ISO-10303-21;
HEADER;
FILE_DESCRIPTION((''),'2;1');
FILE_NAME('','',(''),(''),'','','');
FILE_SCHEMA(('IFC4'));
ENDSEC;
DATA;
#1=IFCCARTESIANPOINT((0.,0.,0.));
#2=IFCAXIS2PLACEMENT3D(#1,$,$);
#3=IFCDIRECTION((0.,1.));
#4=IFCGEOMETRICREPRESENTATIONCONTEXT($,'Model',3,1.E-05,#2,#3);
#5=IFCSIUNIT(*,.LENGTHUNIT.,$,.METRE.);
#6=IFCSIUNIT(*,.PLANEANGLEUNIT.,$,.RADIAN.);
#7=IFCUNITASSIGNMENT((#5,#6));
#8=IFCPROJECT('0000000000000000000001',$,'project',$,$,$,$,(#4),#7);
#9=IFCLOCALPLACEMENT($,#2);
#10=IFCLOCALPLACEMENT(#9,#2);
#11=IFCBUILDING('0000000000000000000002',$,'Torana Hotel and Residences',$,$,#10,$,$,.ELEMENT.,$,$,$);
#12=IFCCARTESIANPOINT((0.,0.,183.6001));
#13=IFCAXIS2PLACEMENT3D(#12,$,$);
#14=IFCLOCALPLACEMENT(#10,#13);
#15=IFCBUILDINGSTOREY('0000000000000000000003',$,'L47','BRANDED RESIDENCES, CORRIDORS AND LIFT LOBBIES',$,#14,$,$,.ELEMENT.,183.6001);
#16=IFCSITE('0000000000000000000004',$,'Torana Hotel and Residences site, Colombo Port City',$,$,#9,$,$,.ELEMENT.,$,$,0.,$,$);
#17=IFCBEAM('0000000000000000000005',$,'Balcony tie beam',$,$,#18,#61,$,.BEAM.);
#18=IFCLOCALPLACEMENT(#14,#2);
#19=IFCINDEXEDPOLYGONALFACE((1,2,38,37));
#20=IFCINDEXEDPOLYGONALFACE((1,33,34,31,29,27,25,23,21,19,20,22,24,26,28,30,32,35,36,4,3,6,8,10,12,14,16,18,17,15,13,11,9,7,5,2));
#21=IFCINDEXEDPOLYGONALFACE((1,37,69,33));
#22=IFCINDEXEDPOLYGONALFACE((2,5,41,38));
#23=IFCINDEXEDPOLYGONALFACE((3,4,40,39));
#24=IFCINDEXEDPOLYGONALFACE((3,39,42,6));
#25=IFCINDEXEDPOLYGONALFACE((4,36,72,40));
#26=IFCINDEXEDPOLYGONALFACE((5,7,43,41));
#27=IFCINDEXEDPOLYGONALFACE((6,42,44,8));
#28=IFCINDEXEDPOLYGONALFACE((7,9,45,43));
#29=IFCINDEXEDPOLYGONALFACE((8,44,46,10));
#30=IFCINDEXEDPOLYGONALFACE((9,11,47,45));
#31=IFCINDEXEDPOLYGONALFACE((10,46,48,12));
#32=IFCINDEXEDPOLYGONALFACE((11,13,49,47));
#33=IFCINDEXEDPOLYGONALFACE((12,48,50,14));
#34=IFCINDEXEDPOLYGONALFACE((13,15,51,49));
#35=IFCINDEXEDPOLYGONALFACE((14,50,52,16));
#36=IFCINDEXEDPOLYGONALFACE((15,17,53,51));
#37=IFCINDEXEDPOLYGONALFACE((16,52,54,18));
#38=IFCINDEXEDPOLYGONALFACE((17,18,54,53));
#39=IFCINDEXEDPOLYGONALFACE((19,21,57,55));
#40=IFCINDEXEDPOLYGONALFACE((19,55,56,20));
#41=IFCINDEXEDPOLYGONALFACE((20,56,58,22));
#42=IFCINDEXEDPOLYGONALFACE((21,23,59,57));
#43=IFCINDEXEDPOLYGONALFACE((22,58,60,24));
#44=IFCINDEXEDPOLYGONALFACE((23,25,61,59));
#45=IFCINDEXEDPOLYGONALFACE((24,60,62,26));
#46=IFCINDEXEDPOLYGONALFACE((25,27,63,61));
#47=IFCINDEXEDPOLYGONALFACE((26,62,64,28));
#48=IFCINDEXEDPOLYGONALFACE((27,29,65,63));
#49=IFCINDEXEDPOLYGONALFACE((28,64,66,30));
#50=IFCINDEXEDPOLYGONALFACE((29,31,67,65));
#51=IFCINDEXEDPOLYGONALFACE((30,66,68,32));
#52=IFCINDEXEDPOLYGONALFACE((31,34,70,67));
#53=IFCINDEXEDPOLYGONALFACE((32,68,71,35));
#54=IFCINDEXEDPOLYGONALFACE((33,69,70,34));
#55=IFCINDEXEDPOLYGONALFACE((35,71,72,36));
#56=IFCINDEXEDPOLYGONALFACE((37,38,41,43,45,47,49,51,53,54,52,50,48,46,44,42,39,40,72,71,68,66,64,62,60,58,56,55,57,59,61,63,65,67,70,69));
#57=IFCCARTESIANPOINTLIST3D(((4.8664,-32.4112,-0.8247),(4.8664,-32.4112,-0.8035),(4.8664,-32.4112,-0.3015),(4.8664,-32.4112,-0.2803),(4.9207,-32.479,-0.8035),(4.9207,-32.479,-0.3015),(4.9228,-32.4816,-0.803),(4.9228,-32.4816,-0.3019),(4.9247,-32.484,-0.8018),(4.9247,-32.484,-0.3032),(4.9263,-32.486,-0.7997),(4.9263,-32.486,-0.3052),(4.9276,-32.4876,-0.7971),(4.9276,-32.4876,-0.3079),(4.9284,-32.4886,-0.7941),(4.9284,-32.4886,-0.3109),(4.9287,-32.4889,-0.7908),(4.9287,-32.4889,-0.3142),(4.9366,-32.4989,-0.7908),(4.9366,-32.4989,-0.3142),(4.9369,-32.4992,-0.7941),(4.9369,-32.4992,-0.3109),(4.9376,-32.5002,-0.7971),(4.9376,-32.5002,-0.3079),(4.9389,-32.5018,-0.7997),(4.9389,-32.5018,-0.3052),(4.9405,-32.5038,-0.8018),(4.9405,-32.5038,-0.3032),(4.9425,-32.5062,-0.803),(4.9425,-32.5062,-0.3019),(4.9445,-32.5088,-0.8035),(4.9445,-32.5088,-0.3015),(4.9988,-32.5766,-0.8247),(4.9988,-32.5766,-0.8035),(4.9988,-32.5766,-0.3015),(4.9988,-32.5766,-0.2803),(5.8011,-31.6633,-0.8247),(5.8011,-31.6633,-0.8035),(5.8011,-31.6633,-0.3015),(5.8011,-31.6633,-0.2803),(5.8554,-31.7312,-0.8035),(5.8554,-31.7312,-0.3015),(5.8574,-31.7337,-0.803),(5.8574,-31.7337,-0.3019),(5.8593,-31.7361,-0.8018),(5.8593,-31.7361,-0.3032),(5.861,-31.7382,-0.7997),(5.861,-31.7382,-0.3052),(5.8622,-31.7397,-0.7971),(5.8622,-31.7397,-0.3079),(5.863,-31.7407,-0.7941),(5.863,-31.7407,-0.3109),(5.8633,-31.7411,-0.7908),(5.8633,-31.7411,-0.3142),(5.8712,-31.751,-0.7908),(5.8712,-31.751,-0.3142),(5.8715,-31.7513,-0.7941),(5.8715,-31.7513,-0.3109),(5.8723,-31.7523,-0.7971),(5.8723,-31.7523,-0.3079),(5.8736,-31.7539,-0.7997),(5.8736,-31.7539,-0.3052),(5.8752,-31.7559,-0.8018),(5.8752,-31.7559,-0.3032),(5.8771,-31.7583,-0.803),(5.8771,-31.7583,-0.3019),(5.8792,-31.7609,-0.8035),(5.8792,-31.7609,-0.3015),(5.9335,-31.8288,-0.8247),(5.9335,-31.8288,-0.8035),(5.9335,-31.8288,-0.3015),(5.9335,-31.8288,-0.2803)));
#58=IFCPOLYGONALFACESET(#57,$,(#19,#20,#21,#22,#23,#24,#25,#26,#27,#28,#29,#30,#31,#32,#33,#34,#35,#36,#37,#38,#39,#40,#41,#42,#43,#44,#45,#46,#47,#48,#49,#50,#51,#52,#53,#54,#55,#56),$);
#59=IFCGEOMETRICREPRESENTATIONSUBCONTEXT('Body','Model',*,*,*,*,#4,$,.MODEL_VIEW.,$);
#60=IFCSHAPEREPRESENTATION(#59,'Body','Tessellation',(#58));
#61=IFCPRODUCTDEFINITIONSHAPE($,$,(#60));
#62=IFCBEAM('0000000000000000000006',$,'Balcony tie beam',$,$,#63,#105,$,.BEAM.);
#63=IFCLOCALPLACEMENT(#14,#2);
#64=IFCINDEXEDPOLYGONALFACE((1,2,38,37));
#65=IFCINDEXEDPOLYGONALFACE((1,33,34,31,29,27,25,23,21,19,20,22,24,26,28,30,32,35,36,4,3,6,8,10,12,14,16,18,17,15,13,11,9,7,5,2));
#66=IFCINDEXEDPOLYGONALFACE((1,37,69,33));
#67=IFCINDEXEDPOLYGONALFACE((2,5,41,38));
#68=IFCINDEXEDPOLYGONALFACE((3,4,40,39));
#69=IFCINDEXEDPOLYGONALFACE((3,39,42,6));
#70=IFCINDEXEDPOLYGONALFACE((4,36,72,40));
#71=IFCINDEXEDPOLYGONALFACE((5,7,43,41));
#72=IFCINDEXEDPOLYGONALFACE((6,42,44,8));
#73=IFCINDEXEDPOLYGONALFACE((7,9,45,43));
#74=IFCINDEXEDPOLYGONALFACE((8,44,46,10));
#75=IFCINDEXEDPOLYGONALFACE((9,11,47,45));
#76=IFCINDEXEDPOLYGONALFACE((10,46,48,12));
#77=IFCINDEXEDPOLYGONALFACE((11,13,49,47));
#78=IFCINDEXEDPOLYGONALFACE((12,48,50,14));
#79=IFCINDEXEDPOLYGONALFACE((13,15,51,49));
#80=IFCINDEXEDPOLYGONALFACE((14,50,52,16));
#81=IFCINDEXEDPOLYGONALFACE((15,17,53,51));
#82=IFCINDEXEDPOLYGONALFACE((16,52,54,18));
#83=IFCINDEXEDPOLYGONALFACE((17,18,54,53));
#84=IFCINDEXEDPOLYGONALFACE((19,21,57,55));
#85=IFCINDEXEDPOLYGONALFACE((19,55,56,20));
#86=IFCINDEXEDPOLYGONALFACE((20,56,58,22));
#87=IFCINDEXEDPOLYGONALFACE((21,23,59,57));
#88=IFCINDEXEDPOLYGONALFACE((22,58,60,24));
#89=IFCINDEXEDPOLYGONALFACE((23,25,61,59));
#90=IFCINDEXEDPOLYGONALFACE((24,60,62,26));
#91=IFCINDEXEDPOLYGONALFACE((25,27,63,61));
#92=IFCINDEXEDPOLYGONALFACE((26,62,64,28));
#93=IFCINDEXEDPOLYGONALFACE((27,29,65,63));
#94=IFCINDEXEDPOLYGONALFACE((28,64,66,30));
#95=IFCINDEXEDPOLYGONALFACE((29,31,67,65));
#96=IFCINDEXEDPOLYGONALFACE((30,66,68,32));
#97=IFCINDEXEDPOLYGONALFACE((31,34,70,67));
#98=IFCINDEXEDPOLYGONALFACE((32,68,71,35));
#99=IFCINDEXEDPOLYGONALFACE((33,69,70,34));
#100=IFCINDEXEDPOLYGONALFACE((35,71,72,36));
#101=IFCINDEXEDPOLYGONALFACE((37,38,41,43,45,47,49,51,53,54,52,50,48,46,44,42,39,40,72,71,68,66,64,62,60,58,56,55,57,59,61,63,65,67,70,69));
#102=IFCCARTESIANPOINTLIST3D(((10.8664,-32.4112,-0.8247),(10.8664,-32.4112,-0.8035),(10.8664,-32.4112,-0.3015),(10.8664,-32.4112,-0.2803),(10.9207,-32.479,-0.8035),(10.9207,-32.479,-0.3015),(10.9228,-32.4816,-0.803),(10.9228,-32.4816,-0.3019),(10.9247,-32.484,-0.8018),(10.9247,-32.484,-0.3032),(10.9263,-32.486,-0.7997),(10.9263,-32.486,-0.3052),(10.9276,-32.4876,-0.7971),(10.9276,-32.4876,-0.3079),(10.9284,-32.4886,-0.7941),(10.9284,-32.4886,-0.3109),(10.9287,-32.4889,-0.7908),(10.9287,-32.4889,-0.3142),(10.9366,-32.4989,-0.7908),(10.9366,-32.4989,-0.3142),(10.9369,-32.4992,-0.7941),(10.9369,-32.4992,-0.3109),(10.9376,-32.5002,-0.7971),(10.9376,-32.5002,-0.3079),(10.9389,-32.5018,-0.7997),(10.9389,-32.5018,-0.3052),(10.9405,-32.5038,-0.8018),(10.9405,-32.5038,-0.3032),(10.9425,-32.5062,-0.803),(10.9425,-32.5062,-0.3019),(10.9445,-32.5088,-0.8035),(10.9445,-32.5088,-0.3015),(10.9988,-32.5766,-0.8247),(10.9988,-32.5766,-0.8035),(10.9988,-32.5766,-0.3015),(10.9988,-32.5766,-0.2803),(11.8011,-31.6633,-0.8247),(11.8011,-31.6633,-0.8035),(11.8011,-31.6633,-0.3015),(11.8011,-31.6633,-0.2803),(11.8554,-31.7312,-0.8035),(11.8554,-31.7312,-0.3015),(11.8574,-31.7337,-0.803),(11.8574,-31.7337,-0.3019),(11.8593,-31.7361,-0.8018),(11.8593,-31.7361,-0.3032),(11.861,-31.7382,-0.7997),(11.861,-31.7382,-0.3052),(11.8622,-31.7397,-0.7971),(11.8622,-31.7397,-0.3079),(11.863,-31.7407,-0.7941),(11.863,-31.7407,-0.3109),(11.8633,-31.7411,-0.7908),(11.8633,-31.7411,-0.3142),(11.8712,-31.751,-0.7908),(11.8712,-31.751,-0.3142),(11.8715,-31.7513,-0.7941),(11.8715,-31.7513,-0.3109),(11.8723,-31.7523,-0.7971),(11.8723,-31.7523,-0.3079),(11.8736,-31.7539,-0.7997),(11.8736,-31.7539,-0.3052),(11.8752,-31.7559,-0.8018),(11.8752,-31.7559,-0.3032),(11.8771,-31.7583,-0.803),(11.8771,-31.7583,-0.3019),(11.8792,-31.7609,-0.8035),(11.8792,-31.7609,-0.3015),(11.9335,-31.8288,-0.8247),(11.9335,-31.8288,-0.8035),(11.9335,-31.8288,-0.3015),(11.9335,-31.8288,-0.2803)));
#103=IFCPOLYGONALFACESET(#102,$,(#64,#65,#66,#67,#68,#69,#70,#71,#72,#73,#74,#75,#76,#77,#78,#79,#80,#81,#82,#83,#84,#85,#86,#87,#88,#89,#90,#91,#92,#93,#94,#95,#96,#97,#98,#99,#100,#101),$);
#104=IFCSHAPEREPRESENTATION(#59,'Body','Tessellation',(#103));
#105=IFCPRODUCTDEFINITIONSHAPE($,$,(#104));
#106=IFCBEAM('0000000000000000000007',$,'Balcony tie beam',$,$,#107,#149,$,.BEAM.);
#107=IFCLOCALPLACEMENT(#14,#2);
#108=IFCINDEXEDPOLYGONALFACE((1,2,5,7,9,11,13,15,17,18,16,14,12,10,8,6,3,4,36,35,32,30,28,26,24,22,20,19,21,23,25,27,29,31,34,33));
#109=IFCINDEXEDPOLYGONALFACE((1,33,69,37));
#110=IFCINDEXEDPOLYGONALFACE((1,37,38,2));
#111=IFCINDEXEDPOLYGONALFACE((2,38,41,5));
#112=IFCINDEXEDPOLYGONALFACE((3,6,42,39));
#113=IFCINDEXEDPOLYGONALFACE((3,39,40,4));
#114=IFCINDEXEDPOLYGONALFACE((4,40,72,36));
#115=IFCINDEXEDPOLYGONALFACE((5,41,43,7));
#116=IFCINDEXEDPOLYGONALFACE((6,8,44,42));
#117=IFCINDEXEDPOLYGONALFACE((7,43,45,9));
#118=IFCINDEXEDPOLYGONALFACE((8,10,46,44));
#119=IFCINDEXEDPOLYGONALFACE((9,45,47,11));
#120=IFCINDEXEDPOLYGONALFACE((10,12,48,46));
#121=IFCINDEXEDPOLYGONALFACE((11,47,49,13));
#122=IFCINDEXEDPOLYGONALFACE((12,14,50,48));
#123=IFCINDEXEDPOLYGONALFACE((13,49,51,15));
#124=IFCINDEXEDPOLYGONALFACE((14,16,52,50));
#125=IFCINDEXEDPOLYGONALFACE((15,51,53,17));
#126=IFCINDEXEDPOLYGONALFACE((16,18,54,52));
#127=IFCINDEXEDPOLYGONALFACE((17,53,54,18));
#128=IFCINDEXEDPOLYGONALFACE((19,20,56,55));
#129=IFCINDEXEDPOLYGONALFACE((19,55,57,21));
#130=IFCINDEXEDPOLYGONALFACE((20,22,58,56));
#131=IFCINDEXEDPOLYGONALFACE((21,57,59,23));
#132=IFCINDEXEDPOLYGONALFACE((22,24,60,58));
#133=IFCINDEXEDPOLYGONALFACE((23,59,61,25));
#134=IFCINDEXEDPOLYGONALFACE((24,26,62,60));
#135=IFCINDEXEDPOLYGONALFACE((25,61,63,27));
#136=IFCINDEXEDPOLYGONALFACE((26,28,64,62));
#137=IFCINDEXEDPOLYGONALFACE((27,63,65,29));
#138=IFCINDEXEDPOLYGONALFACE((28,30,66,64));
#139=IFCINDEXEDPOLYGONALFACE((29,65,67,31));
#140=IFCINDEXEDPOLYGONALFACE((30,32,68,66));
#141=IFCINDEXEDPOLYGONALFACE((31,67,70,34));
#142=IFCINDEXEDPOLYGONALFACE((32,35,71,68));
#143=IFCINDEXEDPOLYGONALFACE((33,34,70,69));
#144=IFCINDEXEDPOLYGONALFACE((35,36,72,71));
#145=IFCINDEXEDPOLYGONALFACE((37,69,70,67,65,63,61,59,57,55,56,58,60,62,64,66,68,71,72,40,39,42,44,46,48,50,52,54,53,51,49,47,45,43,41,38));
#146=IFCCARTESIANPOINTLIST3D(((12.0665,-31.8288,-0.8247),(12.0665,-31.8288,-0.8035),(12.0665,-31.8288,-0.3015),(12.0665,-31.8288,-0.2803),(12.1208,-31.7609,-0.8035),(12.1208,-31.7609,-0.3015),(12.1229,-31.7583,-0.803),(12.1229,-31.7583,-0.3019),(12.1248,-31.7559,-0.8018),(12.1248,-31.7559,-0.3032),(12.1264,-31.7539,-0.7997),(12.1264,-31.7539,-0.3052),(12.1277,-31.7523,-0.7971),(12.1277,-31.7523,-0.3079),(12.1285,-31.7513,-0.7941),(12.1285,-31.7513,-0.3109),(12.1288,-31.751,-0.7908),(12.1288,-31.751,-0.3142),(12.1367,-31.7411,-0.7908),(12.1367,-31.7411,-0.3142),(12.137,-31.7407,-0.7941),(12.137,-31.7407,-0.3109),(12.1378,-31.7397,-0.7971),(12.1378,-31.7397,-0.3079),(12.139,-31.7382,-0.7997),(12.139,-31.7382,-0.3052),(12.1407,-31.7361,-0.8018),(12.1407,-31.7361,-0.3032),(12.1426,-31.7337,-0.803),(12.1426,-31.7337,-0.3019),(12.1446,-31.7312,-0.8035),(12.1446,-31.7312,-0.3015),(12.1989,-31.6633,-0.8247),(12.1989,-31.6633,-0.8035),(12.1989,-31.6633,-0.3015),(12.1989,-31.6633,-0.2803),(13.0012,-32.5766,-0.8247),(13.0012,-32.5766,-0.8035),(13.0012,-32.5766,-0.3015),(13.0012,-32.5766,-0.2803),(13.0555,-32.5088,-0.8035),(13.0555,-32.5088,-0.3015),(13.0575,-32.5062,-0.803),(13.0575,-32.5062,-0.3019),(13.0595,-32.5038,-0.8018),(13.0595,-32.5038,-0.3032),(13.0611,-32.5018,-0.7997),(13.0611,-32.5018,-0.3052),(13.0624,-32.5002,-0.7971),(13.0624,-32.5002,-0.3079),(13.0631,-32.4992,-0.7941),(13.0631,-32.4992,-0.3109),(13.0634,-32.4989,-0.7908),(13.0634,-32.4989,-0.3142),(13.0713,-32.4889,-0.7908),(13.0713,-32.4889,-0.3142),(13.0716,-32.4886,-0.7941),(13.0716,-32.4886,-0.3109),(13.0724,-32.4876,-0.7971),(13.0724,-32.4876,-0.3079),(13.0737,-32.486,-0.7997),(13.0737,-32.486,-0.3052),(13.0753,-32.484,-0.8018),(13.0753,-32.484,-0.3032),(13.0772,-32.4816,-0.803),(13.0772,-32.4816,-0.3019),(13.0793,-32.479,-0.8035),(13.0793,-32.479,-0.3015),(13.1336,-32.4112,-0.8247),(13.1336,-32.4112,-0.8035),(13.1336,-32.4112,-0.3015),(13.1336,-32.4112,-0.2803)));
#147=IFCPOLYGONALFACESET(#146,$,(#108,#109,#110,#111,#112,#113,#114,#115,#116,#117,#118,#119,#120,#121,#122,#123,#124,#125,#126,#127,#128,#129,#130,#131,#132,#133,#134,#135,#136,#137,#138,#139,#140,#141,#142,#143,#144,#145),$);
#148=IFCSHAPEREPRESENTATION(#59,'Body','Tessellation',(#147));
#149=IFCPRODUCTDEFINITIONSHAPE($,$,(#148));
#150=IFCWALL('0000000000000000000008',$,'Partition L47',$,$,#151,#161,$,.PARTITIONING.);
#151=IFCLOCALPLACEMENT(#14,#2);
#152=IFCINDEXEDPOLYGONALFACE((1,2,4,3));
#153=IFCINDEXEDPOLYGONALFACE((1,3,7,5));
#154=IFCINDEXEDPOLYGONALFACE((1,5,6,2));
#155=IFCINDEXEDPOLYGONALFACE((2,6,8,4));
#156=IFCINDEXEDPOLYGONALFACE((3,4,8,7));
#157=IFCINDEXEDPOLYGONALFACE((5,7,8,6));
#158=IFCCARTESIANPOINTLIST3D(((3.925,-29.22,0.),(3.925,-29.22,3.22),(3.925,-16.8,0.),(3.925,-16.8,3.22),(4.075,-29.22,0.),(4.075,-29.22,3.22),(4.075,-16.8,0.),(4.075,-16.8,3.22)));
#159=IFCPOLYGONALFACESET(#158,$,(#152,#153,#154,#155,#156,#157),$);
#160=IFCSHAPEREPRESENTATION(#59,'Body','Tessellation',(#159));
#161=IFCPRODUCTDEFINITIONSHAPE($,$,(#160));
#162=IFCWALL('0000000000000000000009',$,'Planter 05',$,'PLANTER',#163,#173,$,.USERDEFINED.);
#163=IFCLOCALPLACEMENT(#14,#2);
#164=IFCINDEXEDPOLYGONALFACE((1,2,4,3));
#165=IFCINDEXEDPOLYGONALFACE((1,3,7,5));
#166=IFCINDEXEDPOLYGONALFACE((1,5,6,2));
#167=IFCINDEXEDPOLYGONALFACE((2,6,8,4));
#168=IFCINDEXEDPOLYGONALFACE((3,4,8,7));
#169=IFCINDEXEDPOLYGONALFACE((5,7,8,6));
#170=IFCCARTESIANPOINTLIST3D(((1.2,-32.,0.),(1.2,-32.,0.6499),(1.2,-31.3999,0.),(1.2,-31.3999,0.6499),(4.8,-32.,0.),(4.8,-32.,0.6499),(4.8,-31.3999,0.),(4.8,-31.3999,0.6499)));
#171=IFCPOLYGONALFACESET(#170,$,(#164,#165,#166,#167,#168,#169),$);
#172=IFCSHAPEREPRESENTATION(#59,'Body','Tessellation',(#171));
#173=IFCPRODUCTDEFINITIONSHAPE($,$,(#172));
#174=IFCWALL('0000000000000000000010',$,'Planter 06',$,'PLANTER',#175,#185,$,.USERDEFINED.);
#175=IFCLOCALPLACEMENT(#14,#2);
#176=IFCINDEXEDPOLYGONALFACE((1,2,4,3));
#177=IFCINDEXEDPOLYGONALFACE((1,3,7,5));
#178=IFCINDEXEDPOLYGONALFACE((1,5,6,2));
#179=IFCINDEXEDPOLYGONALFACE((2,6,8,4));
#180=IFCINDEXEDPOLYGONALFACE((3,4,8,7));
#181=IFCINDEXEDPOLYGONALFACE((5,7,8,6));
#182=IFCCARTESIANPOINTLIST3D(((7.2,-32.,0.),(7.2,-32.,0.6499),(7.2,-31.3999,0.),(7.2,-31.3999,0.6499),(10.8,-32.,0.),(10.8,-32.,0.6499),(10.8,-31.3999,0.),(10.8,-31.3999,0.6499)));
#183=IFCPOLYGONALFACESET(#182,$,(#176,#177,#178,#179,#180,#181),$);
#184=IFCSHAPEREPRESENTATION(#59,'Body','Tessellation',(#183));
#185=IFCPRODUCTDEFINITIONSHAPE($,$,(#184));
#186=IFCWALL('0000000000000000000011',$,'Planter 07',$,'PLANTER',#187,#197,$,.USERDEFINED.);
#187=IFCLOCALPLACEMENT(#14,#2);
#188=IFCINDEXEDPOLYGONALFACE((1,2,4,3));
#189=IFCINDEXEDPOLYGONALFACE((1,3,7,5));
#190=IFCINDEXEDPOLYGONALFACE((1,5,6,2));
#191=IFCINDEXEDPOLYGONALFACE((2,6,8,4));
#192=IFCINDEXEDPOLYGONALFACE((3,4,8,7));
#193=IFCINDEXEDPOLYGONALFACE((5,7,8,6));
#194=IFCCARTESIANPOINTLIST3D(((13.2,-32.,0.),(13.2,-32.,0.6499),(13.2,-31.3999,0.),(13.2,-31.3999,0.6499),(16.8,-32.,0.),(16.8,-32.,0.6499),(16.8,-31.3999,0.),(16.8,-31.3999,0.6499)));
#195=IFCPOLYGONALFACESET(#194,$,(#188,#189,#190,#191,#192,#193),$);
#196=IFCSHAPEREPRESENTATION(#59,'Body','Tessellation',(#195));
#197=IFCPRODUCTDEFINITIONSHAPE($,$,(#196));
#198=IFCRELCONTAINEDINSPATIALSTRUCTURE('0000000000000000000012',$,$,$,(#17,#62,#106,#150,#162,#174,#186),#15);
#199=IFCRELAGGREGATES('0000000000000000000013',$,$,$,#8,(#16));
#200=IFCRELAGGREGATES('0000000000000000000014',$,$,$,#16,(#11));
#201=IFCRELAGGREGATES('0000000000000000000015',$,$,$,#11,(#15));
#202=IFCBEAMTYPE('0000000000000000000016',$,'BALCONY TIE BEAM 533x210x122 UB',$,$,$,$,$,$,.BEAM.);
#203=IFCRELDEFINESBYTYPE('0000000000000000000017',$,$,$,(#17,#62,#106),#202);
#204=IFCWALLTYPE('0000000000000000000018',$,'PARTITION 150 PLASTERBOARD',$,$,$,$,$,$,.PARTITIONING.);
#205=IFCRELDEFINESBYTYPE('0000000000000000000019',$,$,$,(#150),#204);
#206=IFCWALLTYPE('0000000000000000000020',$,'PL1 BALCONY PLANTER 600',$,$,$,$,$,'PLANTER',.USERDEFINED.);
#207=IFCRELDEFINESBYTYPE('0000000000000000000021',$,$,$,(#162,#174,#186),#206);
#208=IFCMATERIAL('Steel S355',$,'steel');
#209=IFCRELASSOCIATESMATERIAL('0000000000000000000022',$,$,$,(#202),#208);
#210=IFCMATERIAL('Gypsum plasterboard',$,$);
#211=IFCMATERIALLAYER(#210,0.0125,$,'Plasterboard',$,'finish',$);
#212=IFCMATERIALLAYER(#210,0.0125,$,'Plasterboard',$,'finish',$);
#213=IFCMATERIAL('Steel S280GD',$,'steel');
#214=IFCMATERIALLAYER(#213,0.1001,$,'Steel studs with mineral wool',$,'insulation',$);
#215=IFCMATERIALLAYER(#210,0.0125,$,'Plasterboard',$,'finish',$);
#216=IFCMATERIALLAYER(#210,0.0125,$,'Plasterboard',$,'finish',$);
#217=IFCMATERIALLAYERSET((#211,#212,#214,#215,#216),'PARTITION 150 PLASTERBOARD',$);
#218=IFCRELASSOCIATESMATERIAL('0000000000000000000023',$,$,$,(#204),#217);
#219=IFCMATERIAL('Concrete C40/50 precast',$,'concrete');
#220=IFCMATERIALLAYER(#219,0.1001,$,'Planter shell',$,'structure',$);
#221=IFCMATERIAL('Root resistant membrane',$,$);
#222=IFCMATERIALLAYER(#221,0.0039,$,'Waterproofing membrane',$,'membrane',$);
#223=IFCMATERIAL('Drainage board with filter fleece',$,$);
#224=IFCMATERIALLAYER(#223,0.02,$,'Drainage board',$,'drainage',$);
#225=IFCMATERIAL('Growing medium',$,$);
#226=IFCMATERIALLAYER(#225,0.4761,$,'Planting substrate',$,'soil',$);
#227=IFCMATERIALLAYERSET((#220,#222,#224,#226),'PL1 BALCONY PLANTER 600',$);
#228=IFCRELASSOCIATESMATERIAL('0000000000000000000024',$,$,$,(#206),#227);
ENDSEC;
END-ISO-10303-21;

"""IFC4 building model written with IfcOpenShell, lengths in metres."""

from ifc_helpers import new_model, si_unit, direction, frame, frame_2d, origin, origin_2d, place, context, subcontext, project, spatial, rectangle, i_section, extrude, material, layer, layer_set, material_profile, profile_set, type_object, element, save


model = new_model("IFC4")

# Units and contexts
model_context = context("Model", 3, precision=1e-05, world=origin(), true_north=direction((0.0, 1.0)))
body_context = subcontext(model_context, "Body", "Model", "MODEL_VIEW")
ifc_project = project(units=[si_unit("LENGTHUNIT", "METRE"), si_unit("PLANEANGLEUNIT", "RADIAN")], contexts=[model_context])

# Site, building, storey
site_placement = place(None, origin())
site = spatial("IfcSite", under=ifc_project, at=site_placement, Name="Torana Hotel and Residences site, Colombo Port City", CompositionType="ELEMENT", RefElevation=0.0)
building_placement = place(site_placement, origin())
building = spatial("IfcBuilding", under=site, at=building_placement, Name="Torana Hotel and Residences", CompositionType="ELEMENT")
storey_placement = place(building_placement, frame((0.0, 0.0, 183.6001)))
storey = spatial("IfcBuildingStorey", under=building, at=storey_placement, Name="L47", Description="BRANDED RESIDENCES, CORRIDORS AND LIFT LOBBIES", CompositionType="ELEMENT", Elevation=183.6001)

# Beams
ifc_material_1 = material(Name="Steel S355", Category="steel")
ifc_material_profile = material_profile(ifc_material_1, i_section(OverallWidth=0.2119, OverallDepth=0.5444, WebThickness=0.0127, FlangeThickness=0.0212, FilletRadius=0.0127, at=origin_2d()), Name="533x210x122 UB")
ifc_profile_set = profile_set([ifc_material_profile], Name="Steel S355")
beam_type = type_object("IfcBeamType", Name="BALCONY TIE BEAM 533x210x122 UB", PredefinedType="BEAM", material=ifc_profile_set)
for number, where, z_axis, x_axis, name in (
    (1, (4.9326, -32.4939, -0.5525), (0.780809, 0.62477, 0.0), (-0.62477, 0.780809, 0.0), "Balcony tie beam"),
    (2, (10.9326, -32.4939, -0.5525), (0.780809, 0.62477, 0.0), (-0.62477, 0.780809, 0.0), "Balcony tie beam"),
    (3, (13.0674, -32.4939, -0.5525), (-0.780809, 0.62477, 0.0), (-0.62477, -0.780809, 0.0), "Balcony tie beam"),
):
    element("IfcBeam", number, at=place(storey_placement, frame(where, z_axis=z_axis, x_axis=x_axis)), inside=storey, type_object=beam_type, Name=name, PredefinedType="BEAM", context=body_context, shape_type="SweptSolid", body=[
        extrude(i_section(OverallWidth=0.2119, OverallDepth=0.5444, WebThickness=0.0127, FlangeThickness=0.0212, FilletRadius=0.0127, at=origin_2d()), origin(), (0.0, 0.0, 1.0), 1.197),
    ])

# Walls
ifc_material_2 = material(Name="Gypsum plasterboard")
ifc_layer_1 = layer(ifc_material_2, 0.0125, Name="Plasterboard", Category="finish")
ifc_layer_2 = layer(ifc_material_2, 0.0125, Name="Plasterboard", Category="finish")
ifc_material_3 = material(Name="Steel S280GD", Category="steel")
ifc_layer_3 = layer(ifc_material_3, 0.1001, Name="Steel studs with mineral wool", Category="insulation")
ifc_layer_4 = layer(ifc_material_2, 0.0125, Name="Plasterboard", Category="finish")
ifc_layer_5 = layer(ifc_material_2, 0.0125, Name="Plasterboard", Category="finish")
ifc_layer_set_1 = layer_set([ifc_layer_1, ifc_layer_2, ifc_layer_3, ifc_layer_4, ifc_layer_5], Name="PARTITION 150 PLASTERBOARD")
wall_type_1 = type_object("IfcWallType", Name="PARTITION 150 PLASTERBOARD", PredefinedType="PARTITIONING", material=ifc_layer_set_1)
wall_placement = place(storey_placement, frame((4.0, -29.22, 0.0), z_axis=(0.0, 0.0, 1.0), x_axis=(0.0, 1.0, 0.0)))
element("IfcWall", 4, at=wall_placement, inside=storey, type_object=wall_type_1, Name="Partition L47", PredefinedType="PARTITIONING", context=body_context, shape_type="SweptSolid", body=[
    extrude(rectangle(XDim=12.4199, YDim=0.1499, at=frame_2d((6.21, 0.0))), origin(), (0.0, 0.0, 1.0), 3.22),
])
ifc_material_4 = material(Name="Concrete C40/50 precast", Category="concrete")
ifc_layer_6 = layer(ifc_material_4, 0.1001, Name="Planter shell", Category="structure")
ifc_material_5 = material(Name="Root resistant membrane")
ifc_layer_7 = layer(ifc_material_5, 0.0039, Name="Waterproofing membrane", Category="membrane")
ifc_material_6 = material(Name="Drainage board with filter fleece")
ifc_layer_8 = layer(ifc_material_6, 0.02, Name="Drainage board", Category="drainage")
ifc_material_7 = material(Name="Growing medium")
ifc_layer_9 = layer(ifc_material_7, 0.4761, Name="Planting substrate", Category="soil")
ifc_layer_set_2 = layer_set([ifc_layer_6, ifc_layer_7, ifc_layer_8, ifc_layer_9], Name="PL1 BALCONY PLANTER 600")
wall_type_2 = type_object("IfcWallType", Name="PL1 BALCONY PLANTER 600", ElementType="PLANTER", PredefinedType="USERDEFINED", material=ifc_layer_set_2)
for number, where, z_axis, x_axis, name in (
    (5, (4.8, -31.7, 0.0), (0.0, 0.0, 1.0), (-1.0, 0.0, 0.0), "Planter 05"),
    (6, (10.8, -31.7, 0.0), (0.0, 0.0, 1.0), (-1.0, 0.0, 0.0), "Planter 06"),
    (7, (16.8, -31.7, 0.0), (0.0, 0.0, 1.0), (-1.0, 0.0, 0.0), "Planter 07"),
):
    element("IfcWall", number, at=place(storey_placement, frame(where, z_axis=z_axis, x_axis=x_axis)), inside=storey, type_object=wall_type_2, Name=name, ObjectType="PLANTER", PredefinedType="USERDEFINED", context=body_context, shape_type="SweptSolid", body=[
        extrude(rectangle(XDim=3.6001, YDim=0.6001, at=frame_2d((1.8, 0.0))), origin(), (0.0, 0.0, 1.0), 0.6499),
    ])

save(model, "model.ifc")
